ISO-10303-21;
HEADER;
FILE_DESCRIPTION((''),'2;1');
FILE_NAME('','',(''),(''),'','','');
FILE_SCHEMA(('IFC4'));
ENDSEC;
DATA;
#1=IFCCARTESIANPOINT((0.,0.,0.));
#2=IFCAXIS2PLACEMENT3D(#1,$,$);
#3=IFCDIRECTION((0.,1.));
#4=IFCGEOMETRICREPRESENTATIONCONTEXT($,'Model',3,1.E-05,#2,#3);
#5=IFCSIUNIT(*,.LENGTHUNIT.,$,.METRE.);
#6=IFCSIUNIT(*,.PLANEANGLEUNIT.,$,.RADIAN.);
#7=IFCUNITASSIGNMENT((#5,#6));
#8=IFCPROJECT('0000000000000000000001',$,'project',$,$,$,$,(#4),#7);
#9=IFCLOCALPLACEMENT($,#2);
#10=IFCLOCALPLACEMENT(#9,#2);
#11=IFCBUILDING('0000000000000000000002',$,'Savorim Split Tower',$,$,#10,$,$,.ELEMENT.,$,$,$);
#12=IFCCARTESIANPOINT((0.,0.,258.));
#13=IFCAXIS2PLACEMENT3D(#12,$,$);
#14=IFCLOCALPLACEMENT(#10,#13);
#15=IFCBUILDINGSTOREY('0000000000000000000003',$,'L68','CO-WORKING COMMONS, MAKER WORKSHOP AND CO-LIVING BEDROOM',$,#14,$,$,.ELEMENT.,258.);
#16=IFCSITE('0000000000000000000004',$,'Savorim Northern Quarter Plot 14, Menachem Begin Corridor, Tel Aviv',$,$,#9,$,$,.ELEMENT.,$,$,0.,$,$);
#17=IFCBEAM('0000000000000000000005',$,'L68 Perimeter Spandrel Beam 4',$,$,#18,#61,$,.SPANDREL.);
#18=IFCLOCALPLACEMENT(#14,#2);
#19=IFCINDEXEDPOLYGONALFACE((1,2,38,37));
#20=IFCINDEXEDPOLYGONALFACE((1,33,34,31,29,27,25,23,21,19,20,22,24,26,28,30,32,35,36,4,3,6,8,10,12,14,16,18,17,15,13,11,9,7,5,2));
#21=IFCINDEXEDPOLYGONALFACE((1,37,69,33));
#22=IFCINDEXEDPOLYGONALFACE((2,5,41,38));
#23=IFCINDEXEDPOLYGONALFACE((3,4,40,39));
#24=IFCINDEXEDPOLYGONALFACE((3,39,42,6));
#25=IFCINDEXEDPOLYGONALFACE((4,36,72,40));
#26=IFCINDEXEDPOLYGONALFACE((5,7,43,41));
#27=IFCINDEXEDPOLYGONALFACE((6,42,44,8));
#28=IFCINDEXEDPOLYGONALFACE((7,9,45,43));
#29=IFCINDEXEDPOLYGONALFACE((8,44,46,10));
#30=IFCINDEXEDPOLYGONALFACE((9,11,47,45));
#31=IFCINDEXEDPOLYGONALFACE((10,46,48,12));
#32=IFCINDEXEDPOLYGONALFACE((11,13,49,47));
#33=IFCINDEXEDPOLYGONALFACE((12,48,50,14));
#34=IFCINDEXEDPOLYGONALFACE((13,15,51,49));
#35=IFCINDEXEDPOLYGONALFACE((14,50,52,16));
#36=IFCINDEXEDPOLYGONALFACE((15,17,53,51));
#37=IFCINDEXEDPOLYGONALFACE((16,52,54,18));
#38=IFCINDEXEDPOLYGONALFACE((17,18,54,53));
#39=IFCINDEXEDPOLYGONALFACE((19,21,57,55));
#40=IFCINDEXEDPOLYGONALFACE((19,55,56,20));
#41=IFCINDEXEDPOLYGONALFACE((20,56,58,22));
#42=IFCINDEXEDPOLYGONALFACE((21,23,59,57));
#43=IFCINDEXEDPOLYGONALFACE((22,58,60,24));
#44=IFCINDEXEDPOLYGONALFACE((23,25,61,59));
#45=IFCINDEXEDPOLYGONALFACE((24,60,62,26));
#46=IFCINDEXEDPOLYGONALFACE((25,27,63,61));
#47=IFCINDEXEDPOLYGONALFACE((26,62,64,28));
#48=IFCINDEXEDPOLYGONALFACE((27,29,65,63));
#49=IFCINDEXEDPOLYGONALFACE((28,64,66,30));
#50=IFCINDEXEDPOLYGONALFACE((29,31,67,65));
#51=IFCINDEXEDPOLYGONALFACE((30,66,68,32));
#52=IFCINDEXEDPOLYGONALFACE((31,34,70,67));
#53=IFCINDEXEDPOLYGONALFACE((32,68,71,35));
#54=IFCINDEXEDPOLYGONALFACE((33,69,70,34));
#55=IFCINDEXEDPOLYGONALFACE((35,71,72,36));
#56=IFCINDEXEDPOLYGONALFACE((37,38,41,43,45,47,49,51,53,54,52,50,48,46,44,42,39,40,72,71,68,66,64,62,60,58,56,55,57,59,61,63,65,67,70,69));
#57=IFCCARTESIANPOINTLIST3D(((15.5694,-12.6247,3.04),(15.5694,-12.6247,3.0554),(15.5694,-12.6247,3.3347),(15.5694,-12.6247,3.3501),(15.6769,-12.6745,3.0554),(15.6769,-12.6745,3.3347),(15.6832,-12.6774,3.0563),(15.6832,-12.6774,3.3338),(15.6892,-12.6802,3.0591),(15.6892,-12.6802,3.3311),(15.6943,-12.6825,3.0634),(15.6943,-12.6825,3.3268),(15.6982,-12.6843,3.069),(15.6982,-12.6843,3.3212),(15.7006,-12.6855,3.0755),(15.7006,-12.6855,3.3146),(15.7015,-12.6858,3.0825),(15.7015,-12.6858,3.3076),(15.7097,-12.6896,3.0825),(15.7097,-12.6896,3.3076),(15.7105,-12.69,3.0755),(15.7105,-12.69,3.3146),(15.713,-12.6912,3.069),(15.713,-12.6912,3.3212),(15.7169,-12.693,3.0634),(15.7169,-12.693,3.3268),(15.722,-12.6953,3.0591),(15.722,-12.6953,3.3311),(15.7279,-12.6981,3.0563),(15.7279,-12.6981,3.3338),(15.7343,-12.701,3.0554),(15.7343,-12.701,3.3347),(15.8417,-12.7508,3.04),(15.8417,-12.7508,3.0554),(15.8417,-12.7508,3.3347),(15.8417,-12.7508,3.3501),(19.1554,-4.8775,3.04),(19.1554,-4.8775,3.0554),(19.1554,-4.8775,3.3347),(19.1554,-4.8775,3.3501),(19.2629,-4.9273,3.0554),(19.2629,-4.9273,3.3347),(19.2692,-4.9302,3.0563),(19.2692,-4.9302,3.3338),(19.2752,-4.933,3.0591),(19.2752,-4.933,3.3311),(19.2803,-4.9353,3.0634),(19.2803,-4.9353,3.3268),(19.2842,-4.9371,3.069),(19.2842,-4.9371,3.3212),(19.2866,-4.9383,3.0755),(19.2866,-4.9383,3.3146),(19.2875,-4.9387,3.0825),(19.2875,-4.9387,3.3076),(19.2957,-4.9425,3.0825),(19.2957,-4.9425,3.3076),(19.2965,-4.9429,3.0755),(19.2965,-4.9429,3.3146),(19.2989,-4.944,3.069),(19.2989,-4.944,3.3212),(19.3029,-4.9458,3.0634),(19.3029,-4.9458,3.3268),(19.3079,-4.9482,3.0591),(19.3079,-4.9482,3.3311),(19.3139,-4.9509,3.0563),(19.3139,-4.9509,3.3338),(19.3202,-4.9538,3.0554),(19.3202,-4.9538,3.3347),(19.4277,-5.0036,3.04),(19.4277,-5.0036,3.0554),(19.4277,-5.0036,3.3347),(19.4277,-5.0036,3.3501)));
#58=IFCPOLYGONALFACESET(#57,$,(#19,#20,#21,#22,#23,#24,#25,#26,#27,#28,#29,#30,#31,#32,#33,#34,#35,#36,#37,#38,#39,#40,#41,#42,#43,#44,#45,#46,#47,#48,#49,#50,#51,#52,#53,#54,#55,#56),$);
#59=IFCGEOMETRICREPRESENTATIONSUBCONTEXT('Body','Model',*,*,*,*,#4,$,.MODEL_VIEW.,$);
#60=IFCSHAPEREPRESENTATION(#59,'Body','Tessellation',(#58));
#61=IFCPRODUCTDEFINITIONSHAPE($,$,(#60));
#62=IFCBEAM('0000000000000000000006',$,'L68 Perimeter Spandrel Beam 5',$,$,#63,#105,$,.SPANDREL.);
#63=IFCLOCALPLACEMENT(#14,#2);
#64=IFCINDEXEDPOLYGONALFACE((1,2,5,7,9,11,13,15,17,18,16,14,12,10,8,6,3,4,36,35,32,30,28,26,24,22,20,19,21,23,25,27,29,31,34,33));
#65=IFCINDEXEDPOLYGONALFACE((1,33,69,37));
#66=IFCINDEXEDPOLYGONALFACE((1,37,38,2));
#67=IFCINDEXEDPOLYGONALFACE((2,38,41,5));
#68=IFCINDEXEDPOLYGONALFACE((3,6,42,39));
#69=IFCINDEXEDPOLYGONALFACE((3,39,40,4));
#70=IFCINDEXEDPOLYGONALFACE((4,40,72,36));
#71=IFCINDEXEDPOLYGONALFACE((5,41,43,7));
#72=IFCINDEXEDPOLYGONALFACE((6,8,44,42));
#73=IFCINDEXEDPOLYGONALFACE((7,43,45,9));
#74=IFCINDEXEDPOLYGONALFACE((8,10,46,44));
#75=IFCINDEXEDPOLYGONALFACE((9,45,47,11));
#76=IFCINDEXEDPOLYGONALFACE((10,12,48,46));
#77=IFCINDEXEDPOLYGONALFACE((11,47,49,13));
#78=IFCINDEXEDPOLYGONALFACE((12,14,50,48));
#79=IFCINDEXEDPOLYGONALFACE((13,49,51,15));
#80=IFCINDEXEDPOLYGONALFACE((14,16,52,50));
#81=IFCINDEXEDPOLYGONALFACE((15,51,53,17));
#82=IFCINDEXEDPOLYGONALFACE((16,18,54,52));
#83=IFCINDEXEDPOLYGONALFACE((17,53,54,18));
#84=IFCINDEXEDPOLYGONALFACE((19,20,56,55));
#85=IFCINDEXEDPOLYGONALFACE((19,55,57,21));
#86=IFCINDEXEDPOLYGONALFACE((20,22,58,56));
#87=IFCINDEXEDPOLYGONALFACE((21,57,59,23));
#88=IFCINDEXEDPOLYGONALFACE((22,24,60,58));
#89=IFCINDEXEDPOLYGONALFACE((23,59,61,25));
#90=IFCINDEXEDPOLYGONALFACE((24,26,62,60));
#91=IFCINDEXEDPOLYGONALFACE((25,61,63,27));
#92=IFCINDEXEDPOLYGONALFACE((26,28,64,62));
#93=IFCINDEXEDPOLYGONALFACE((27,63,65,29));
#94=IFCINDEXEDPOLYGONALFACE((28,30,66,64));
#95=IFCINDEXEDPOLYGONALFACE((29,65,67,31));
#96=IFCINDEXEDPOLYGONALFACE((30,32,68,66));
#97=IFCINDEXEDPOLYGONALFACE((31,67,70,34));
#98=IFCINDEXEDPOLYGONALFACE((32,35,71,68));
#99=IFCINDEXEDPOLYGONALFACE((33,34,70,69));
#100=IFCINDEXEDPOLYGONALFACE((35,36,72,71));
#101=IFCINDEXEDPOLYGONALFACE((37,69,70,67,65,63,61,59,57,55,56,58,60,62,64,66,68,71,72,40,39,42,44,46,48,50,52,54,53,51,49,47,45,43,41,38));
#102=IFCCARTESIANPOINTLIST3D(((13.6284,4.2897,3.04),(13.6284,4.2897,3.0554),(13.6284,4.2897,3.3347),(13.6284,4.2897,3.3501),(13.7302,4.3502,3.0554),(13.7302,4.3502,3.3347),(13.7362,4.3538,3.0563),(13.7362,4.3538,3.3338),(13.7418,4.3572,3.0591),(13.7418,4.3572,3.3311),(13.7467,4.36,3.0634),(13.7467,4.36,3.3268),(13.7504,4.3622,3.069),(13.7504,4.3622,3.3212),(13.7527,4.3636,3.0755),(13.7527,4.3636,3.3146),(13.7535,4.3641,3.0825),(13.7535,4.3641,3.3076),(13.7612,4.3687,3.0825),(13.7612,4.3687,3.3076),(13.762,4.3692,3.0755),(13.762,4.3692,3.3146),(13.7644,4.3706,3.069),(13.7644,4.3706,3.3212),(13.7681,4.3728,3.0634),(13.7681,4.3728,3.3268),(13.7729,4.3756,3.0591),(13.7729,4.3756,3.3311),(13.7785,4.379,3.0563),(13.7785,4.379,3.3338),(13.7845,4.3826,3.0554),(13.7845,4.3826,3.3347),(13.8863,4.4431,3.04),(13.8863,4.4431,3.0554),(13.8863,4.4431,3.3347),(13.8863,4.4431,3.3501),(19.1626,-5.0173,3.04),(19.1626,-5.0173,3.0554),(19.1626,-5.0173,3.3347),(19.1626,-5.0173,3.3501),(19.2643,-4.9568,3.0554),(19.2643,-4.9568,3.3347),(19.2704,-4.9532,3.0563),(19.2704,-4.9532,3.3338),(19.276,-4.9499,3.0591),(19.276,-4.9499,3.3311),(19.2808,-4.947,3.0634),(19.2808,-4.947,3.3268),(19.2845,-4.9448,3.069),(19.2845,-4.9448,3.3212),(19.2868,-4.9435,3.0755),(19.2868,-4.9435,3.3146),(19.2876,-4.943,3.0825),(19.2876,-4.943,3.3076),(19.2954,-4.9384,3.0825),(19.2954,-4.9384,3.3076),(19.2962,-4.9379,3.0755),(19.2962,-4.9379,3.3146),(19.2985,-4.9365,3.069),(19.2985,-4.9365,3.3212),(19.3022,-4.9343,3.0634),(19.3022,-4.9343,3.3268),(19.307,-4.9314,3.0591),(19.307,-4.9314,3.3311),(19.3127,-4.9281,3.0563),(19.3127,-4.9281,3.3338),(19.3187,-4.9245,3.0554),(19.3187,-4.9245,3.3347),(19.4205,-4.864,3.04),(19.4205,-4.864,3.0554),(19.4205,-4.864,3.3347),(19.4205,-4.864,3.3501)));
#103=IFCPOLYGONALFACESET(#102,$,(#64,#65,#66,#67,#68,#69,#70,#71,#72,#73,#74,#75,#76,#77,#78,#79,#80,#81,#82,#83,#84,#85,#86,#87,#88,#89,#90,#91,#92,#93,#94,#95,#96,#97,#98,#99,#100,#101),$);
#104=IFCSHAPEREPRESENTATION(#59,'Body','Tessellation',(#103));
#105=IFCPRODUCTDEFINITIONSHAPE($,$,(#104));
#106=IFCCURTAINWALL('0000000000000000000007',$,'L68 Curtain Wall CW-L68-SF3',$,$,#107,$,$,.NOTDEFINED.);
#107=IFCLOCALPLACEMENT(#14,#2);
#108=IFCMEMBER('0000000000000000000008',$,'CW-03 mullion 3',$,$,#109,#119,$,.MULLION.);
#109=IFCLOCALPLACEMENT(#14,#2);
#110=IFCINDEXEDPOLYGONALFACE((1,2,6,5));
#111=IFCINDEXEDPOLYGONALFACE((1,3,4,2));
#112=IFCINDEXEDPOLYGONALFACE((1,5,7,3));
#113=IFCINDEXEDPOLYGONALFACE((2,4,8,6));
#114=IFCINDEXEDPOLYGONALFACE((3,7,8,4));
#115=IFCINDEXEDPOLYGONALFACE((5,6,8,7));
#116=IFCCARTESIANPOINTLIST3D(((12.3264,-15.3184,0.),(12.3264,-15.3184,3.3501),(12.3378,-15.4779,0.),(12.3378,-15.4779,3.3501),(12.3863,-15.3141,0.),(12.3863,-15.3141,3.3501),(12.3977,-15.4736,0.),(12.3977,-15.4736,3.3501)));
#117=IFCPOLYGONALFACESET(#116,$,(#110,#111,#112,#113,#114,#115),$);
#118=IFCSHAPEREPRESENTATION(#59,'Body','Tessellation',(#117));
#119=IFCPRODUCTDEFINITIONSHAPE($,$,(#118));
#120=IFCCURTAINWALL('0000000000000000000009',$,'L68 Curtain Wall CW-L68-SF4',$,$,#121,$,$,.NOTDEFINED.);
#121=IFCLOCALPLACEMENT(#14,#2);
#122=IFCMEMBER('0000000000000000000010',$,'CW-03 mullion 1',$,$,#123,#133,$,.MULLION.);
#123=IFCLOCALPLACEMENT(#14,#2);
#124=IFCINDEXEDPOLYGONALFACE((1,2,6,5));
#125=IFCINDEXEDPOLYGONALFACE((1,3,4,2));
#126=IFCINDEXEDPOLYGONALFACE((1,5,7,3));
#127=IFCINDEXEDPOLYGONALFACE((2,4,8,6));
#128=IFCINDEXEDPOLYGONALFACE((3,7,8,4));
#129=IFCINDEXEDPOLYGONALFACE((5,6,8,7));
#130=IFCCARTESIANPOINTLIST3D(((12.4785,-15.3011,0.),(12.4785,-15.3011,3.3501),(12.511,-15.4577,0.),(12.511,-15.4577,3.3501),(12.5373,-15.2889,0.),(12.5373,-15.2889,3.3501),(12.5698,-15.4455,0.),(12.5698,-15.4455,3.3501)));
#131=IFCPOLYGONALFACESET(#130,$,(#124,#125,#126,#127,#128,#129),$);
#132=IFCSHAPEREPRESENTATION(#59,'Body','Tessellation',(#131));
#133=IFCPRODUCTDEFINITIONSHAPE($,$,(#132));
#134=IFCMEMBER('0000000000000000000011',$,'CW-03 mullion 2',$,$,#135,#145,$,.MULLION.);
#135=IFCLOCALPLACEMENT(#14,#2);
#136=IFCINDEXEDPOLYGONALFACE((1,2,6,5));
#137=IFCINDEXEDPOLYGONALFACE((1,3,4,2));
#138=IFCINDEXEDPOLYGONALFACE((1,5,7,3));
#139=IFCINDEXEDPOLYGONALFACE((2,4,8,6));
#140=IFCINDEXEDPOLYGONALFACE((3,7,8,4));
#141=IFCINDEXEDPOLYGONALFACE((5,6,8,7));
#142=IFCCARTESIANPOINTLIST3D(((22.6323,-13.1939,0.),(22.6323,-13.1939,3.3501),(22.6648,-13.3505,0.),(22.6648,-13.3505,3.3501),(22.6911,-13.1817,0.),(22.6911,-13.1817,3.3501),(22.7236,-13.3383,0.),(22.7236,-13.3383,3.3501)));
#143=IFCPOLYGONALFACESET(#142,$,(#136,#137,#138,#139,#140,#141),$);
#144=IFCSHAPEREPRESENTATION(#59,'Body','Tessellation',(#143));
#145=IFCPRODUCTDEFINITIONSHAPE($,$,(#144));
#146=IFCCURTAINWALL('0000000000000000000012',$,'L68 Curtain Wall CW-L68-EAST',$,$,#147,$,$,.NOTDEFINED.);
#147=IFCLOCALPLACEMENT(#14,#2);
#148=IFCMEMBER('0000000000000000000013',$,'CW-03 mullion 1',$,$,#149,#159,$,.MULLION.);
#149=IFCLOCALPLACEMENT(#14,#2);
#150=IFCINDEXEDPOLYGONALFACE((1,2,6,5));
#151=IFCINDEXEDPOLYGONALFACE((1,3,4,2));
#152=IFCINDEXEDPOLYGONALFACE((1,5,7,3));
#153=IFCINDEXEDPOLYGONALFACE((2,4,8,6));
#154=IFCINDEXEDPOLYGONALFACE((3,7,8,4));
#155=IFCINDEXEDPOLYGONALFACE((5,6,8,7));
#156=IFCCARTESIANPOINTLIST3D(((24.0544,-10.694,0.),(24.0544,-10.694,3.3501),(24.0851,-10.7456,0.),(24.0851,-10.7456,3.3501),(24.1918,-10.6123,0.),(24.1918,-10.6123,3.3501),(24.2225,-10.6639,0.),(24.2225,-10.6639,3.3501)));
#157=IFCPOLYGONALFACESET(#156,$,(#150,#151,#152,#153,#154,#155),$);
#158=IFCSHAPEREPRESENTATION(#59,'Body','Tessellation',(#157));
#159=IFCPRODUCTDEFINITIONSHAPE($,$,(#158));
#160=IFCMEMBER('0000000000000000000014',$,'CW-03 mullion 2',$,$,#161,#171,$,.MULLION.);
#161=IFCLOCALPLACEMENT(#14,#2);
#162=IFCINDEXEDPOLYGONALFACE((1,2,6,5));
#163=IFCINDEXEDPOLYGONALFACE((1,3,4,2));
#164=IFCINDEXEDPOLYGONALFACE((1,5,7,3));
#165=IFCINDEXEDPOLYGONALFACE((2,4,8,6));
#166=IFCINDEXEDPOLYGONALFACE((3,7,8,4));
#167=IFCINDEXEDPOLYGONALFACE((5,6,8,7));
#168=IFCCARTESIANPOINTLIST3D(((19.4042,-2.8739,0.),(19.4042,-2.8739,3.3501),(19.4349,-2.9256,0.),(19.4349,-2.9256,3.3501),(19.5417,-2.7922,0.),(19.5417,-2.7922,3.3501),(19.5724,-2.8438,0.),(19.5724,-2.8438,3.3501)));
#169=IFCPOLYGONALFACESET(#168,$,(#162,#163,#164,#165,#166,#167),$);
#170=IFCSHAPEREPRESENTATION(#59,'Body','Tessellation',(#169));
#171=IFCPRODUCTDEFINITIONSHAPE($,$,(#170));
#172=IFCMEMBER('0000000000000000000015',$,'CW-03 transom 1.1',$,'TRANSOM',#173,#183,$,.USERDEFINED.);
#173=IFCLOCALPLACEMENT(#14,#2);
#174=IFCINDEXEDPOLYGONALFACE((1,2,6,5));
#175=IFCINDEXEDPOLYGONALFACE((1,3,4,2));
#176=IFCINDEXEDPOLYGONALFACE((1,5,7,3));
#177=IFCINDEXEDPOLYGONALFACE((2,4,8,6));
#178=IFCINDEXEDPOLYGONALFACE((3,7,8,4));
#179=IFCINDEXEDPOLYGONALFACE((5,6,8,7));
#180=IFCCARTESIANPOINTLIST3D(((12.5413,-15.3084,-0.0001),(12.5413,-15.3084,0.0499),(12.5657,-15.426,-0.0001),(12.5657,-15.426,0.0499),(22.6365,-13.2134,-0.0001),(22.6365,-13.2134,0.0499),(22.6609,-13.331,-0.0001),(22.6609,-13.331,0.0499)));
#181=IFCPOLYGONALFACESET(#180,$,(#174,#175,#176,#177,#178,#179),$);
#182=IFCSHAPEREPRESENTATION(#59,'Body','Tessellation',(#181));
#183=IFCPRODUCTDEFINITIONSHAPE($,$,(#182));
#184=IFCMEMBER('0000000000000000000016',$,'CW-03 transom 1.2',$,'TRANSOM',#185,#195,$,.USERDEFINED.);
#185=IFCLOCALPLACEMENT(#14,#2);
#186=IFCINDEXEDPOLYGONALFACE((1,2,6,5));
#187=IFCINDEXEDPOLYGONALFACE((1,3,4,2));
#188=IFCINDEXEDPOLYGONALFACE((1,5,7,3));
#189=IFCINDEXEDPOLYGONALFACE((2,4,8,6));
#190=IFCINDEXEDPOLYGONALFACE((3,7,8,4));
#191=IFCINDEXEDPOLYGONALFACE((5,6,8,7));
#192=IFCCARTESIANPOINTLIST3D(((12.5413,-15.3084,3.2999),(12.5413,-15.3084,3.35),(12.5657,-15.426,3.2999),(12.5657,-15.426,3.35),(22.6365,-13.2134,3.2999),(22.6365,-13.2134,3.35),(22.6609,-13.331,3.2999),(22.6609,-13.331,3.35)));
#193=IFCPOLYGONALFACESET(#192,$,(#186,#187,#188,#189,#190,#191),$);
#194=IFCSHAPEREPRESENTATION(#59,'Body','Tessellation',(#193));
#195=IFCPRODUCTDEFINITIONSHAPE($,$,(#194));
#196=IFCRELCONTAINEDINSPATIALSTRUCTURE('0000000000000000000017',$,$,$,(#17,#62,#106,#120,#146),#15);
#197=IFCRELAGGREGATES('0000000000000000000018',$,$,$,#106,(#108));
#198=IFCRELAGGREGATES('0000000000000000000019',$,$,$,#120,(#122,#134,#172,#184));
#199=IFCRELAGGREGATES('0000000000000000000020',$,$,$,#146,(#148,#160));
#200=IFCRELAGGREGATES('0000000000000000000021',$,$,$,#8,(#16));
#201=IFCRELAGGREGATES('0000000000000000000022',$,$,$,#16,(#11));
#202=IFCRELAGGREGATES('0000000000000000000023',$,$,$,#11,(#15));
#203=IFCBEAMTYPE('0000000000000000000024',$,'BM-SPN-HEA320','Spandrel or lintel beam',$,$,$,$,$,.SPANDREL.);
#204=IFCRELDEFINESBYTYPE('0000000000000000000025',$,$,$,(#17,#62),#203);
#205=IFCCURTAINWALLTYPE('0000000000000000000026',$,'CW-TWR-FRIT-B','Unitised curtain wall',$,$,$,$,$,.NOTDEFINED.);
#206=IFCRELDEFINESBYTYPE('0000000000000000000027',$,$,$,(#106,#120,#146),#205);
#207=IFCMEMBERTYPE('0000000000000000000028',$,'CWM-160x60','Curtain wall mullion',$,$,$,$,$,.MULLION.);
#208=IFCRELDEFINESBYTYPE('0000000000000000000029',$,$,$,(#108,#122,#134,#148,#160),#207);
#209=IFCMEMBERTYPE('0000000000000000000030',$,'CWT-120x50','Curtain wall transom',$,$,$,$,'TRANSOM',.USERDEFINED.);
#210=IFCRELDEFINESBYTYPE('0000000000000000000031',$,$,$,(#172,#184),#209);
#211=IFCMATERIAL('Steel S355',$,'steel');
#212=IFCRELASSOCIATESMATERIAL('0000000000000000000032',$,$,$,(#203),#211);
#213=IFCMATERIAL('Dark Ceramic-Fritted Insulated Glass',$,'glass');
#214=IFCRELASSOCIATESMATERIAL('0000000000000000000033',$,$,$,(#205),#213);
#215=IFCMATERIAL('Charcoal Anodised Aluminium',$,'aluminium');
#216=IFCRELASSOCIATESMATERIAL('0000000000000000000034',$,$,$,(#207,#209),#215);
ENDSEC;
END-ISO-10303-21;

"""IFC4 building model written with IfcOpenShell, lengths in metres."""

from ifc_helpers import new_model, si_unit, direction, frame, origin, origin_2d, place, context, subcontext, project, spatial, rectangle, i_section, extrude, material, material_profile, profile_set, type_object, element, aggregate, save


model = new_model("IFC4")

# Units and contexts
model_context = context("Model", 3, precision=1e-05, world=origin(), true_north=direction((0.0, 1.0)))
body_context = subcontext(model_context, "Body", "Model", "MODEL_VIEW")
ifc_project = project(units=[si_unit("LENGTHUNIT", "METRE"), si_unit("PLANEANGLEUNIT", "RADIAN")], contexts=[model_context])

# Site, building, storey
site_placement = place(None, origin())
site = spatial("IfcSite", under=ifc_project, at=site_placement, Name="Savorim Northern Quarter Plot 14, Menachem Begin Corridor, Tel Aviv", CompositionType="ELEMENT", RefElevation=0.0)
building_placement = place(site_placement, origin())
building = spatial("IfcBuilding", under=site, at=building_placement, Name="Savorim Split Tower", CompositionType="ELEMENT")
storey_placement = place(building_placement, frame((0.0, 0.0, 258.0)))
storey = spatial("IfcBuildingStorey", under=building, at=storey_placement, Name="L68", Description="CO-WORKING COMMONS, MAKER WORKSHOP AND CO-LIVING BEDROOM", CompositionType="ELEMENT", Elevation=258.0)

# Shared definitions
ifc_material_1 = material(Name="Steel S355", Category="steel")

# Beams
ifc_material_profile_1 = material_profile(ifc_material_1, i_section(OverallWidth=0.3, OverallDepth=0.3101, WebThickness=0.009, FlangeThickness=0.0154, FilletRadius=0.0271, at=origin_2d()), Name="HEA 320")
ifc_profile_set_1 = profile_set([ifc_material_profile_1], Name="Steel S355")
beam_type_1 = type_object("IfcBeamType", Name="BM-SPN-HEA320", Description="Spandrel or lintel beam", PredefinedType="SPANDREL", material=ifc_profile_set_1)
beam_1_placement = place(storey_placement, frame((15.7056, -12.6877, 3.1951), z_axis=(0.420059, 0.907497, 0.0), x_axis=(-0.907497, 0.420059, 0.0)))
element("IfcBeam", 1, at=beam_1_placement, inside=storey, type_object=beam_type_1, Name="L68 Perimeter Spandrel Beam 4", PredefinedType="SPANDREL", context=body_context, shape_type="SweptSolid", body=[
    extrude(i_section(OverallWidth=0.3, OverallDepth=0.3101, WebThickness=0.009, FlangeThickness=0.0154, FilletRadius=0.0271, at=origin_2d()), origin(), (0.0, 0.0, 1.0), 8.5369),
])
beam_2_placement = place(storey_placement, frame((19.2915, -4.9407, 3.1951), z_axis=(-0.51109, 0.859527, 0.0), x_axis=(-0.859527, -0.51109, 0.0)))
element("IfcBeam", 2, at=beam_2_placement, inside=storey, type_object=beam_type_1, Name="L68 Perimeter Spandrel Beam 5", PredefinedType="SPANDREL", context=body_context, shape_type="SweptSolid", body=[
    extrude(i_section(OverallWidth=0.3, OverallDepth=0.3101, WebThickness=0.009, FlangeThickness=0.0154, FilletRadius=0.0271, at=origin_2d()), origin(), (0.0, 0.0, 1.0), 10.8281),
])

# Curtain wall, member
ifc_material_2 = material(Name="Dark Ceramic-Fritted Insulated Glass", Category="glass")
curtain_wall_type = type_object("IfcCurtainWallType", Name="CW-TWR-FRIT-B", Description="Unitised curtain wall", PredefinedType="NOTDEFINED", material=ifc_material_2)
curtain_wall_1_placement = place(storey_placement, origin())
curtain_wall_1 = element("IfcCurtainWall", 3, at=curtain_wall_1_placement, inside=storey, type_object=curtain_wall_type, Name="L68 Curtain Wall CW-L68-SF3", PredefinedType="NOTDEFINED")
ifc_material_3 = material(Name="Charcoal Anodised Aluminium", Category="aluminium")
ifc_material_profile_2 = material_profile(ifc_material_3, rectangle(XDim=0.1599, YDim=0.0601, at=origin_2d()), Name="ALU-M 160x60")
ifc_profile_set_2 = profile_set([ifc_material_profile_2], Name="Charcoal Anodised Aluminium")
member_type_1 = type_object("IfcMemberType", Name="CWM-160x60", Description="Curtain wall mullion", PredefinedType="MULLION", material=ifc_profile_set_2)
member_1_placement = place(storey_placement, frame((12.3621, -15.396, 0.0), z_axis=(0.0, 0.0, 1.0), x_axis=(-0.071562, 0.997436, 0.0)))
member_1 = element("IfcMember", 4, at=member_1_placement, type_object=member_type_1, Name="CW-03 mullion 3", PredefinedType="MULLION", context=body_context, shape_type="SweptSolid", body=[
    extrude(rectangle(XDim=0.1599, YDim=0.0601, at=origin_2d()), origin(), (0.0, 0.0, 1.0), 3.3501),
])
aggregate(curtain_wall_1, [member_1])

# Curtain walls, members
curtain_wall_2_placement = place(storey_placement, origin())
curtain_wall_2 = element("IfcCurtainWall", 5, at=curtain_wall_2_placement, inside=storey, type_object=curtain_wall_type, Name="L68 Curtain Wall CW-L68-SF4", PredefinedType="NOTDEFINED")
member_2_placement = place(storey_placement, frame((12.5242, -15.3733, 0.0), z_axis=(0.0, 0.0, 1.0), x_axis=(-0.203208, 0.979136, 0.0)))
member_2 = element("IfcMember", 6, at=member_2_placement, type_object=member_type_1, Name="CW-03 mullion 1", PredefinedType="MULLION", context=body_context, shape_type="SweptSolid", body=[
    extrude(rectangle(XDim=0.1599, YDim=0.0601, at=origin_2d()), origin(), (0.0, 0.0, 1.0), 3.3501),
])
member_3_placement = place(storey_placement, frame((22.678, -13.2661, 0.0), z_axis=(0.0, 0.0, 1.0), x_axis=(-0.203208, 0.979136, 0.0)))
member_3 = element("IfcMember", 7, at=member_3_placement, type_object=member_type_1, Name="CW-03 mullion 2", PredefinedType="MULLION", context=body_context, shape_type="SweptSolid", body=[
    extrude(rectangle(XDim=0.1599, YDim=0.0601, at=origin_2d()), origin(), (0.0, 0.0, 1.0), 3.3501),
])
curtain_wall_3_placement = place(storey_placement, origin())
curtain_wall_3 = element("IfcCurtainWall", 8, at=curtain_wall_3_placement, inside=storey, type_object=curtain_wall_type, Name="L68 Curtain Wall CW-L68-EAST", PredefinedType="NOTDEFINED")
member_4_placement = place(storey_placement, frame((24.1384, -10.679, 0.0), z_axis=(0.0, 0.0, 1.0), x_axis=(-0.859527, -0.51109, 0.0)))
member_4 = element("IfcMember", 9, at=member_4_placement, type_object=member_type_1, Name="CW-03 mullion 1", PredefinedType="MULLION", context=body_context, shape_type="SweptSolid", body=[
    extrude(rectangle(XDim=0.1599, YDim=0.0601, at=origin_2d()), origin(), (0.0, 0.0, 1.0), 3.3501),
])
member_5_placement = place(storey_placement, frame((19.4883, -2.8589, 0.0), z_axis=(0.0, 0.0, 1.0), x_axis=(-0.859527, -0.51109, 0.0)))
member_5 = element("IfcMember", 10, at=member_5_placement, type_object=member_type_1, Name="CW-03 mullion 2", PredefinedType="MULLION", context=body_context, shape_type="SweptSolid", body=[
    extrude(rectangle(XDim=0.1599, YDim=0.0601, at=origin_2d()), origin(), (0.0, 0.0, 1.0), 3.3501),
])

# Members
ifc_material_profile_3 = material_profile(ifc_material_3, rectangle(XDim=0.1201, YDim=0.05, at=origin_2d()), Name="ALU-T 120x50")
ifc_profile_set_3 = profile_set([ifc_material_profile_3], Name="Charcoal Anodised Aluminium")
member_type_2 = type_object("IfcMemberType", Name="CWT-120x50", Description="Curtain wall transom", ElementType="TRANSOM", PredefinedType="USERDEFINED", material=ifc_profile_set_3)
member_6_placement = place(storey_placement, frame((12.5535, -15.3672, 0.0249), z_axis=(0.979139, 0.203192, 0.0), x_axis=(-0.203192, 0.979139, 0.0)))
member_6 = element("IfcMember", 11, at=member_6_placement, type_object=member_type_2, Name="CW-03 transom 1.1", ObjectType="TRANSOM", PredefinedType="USERDEFINED", context=body_context, shape_type="SweptSolid", body=[
    extrude(rectangle(XDim=0.1201, YDim=0.05, at=origin_2d()), origin(), (0.0, 0.0, 1.0), 10.3103),
])
member_7_placement = place(storey_placement, frame((12.5535, -15.3672, 3.325), z_axis=(0.979139, 0.203192, 0.0), x_axis=(-0.203192, 0.979139, 0.0)))
member_7 = element("IfcMember", 12, at=member_7_placement, type_object=member_type_2, Name="CW-03 transom 1.2", ObjectType="TRANSOM", PredefinedType="USERDEFINED", context=body_context, shape_type="SweptSolid", body=[
    extrude(rectangle(XDim=0.1201, YDim=0.05, at=origin_2d()), origin(), (0.0, 0.0, 1.0), 10.3103),
])

aggregate(curtain_wall_2, [member_2, member_3, member_6, member_7])
aggregate(curtain_wall_3, [member_4, member_5])

save(model, "model.ifc")
